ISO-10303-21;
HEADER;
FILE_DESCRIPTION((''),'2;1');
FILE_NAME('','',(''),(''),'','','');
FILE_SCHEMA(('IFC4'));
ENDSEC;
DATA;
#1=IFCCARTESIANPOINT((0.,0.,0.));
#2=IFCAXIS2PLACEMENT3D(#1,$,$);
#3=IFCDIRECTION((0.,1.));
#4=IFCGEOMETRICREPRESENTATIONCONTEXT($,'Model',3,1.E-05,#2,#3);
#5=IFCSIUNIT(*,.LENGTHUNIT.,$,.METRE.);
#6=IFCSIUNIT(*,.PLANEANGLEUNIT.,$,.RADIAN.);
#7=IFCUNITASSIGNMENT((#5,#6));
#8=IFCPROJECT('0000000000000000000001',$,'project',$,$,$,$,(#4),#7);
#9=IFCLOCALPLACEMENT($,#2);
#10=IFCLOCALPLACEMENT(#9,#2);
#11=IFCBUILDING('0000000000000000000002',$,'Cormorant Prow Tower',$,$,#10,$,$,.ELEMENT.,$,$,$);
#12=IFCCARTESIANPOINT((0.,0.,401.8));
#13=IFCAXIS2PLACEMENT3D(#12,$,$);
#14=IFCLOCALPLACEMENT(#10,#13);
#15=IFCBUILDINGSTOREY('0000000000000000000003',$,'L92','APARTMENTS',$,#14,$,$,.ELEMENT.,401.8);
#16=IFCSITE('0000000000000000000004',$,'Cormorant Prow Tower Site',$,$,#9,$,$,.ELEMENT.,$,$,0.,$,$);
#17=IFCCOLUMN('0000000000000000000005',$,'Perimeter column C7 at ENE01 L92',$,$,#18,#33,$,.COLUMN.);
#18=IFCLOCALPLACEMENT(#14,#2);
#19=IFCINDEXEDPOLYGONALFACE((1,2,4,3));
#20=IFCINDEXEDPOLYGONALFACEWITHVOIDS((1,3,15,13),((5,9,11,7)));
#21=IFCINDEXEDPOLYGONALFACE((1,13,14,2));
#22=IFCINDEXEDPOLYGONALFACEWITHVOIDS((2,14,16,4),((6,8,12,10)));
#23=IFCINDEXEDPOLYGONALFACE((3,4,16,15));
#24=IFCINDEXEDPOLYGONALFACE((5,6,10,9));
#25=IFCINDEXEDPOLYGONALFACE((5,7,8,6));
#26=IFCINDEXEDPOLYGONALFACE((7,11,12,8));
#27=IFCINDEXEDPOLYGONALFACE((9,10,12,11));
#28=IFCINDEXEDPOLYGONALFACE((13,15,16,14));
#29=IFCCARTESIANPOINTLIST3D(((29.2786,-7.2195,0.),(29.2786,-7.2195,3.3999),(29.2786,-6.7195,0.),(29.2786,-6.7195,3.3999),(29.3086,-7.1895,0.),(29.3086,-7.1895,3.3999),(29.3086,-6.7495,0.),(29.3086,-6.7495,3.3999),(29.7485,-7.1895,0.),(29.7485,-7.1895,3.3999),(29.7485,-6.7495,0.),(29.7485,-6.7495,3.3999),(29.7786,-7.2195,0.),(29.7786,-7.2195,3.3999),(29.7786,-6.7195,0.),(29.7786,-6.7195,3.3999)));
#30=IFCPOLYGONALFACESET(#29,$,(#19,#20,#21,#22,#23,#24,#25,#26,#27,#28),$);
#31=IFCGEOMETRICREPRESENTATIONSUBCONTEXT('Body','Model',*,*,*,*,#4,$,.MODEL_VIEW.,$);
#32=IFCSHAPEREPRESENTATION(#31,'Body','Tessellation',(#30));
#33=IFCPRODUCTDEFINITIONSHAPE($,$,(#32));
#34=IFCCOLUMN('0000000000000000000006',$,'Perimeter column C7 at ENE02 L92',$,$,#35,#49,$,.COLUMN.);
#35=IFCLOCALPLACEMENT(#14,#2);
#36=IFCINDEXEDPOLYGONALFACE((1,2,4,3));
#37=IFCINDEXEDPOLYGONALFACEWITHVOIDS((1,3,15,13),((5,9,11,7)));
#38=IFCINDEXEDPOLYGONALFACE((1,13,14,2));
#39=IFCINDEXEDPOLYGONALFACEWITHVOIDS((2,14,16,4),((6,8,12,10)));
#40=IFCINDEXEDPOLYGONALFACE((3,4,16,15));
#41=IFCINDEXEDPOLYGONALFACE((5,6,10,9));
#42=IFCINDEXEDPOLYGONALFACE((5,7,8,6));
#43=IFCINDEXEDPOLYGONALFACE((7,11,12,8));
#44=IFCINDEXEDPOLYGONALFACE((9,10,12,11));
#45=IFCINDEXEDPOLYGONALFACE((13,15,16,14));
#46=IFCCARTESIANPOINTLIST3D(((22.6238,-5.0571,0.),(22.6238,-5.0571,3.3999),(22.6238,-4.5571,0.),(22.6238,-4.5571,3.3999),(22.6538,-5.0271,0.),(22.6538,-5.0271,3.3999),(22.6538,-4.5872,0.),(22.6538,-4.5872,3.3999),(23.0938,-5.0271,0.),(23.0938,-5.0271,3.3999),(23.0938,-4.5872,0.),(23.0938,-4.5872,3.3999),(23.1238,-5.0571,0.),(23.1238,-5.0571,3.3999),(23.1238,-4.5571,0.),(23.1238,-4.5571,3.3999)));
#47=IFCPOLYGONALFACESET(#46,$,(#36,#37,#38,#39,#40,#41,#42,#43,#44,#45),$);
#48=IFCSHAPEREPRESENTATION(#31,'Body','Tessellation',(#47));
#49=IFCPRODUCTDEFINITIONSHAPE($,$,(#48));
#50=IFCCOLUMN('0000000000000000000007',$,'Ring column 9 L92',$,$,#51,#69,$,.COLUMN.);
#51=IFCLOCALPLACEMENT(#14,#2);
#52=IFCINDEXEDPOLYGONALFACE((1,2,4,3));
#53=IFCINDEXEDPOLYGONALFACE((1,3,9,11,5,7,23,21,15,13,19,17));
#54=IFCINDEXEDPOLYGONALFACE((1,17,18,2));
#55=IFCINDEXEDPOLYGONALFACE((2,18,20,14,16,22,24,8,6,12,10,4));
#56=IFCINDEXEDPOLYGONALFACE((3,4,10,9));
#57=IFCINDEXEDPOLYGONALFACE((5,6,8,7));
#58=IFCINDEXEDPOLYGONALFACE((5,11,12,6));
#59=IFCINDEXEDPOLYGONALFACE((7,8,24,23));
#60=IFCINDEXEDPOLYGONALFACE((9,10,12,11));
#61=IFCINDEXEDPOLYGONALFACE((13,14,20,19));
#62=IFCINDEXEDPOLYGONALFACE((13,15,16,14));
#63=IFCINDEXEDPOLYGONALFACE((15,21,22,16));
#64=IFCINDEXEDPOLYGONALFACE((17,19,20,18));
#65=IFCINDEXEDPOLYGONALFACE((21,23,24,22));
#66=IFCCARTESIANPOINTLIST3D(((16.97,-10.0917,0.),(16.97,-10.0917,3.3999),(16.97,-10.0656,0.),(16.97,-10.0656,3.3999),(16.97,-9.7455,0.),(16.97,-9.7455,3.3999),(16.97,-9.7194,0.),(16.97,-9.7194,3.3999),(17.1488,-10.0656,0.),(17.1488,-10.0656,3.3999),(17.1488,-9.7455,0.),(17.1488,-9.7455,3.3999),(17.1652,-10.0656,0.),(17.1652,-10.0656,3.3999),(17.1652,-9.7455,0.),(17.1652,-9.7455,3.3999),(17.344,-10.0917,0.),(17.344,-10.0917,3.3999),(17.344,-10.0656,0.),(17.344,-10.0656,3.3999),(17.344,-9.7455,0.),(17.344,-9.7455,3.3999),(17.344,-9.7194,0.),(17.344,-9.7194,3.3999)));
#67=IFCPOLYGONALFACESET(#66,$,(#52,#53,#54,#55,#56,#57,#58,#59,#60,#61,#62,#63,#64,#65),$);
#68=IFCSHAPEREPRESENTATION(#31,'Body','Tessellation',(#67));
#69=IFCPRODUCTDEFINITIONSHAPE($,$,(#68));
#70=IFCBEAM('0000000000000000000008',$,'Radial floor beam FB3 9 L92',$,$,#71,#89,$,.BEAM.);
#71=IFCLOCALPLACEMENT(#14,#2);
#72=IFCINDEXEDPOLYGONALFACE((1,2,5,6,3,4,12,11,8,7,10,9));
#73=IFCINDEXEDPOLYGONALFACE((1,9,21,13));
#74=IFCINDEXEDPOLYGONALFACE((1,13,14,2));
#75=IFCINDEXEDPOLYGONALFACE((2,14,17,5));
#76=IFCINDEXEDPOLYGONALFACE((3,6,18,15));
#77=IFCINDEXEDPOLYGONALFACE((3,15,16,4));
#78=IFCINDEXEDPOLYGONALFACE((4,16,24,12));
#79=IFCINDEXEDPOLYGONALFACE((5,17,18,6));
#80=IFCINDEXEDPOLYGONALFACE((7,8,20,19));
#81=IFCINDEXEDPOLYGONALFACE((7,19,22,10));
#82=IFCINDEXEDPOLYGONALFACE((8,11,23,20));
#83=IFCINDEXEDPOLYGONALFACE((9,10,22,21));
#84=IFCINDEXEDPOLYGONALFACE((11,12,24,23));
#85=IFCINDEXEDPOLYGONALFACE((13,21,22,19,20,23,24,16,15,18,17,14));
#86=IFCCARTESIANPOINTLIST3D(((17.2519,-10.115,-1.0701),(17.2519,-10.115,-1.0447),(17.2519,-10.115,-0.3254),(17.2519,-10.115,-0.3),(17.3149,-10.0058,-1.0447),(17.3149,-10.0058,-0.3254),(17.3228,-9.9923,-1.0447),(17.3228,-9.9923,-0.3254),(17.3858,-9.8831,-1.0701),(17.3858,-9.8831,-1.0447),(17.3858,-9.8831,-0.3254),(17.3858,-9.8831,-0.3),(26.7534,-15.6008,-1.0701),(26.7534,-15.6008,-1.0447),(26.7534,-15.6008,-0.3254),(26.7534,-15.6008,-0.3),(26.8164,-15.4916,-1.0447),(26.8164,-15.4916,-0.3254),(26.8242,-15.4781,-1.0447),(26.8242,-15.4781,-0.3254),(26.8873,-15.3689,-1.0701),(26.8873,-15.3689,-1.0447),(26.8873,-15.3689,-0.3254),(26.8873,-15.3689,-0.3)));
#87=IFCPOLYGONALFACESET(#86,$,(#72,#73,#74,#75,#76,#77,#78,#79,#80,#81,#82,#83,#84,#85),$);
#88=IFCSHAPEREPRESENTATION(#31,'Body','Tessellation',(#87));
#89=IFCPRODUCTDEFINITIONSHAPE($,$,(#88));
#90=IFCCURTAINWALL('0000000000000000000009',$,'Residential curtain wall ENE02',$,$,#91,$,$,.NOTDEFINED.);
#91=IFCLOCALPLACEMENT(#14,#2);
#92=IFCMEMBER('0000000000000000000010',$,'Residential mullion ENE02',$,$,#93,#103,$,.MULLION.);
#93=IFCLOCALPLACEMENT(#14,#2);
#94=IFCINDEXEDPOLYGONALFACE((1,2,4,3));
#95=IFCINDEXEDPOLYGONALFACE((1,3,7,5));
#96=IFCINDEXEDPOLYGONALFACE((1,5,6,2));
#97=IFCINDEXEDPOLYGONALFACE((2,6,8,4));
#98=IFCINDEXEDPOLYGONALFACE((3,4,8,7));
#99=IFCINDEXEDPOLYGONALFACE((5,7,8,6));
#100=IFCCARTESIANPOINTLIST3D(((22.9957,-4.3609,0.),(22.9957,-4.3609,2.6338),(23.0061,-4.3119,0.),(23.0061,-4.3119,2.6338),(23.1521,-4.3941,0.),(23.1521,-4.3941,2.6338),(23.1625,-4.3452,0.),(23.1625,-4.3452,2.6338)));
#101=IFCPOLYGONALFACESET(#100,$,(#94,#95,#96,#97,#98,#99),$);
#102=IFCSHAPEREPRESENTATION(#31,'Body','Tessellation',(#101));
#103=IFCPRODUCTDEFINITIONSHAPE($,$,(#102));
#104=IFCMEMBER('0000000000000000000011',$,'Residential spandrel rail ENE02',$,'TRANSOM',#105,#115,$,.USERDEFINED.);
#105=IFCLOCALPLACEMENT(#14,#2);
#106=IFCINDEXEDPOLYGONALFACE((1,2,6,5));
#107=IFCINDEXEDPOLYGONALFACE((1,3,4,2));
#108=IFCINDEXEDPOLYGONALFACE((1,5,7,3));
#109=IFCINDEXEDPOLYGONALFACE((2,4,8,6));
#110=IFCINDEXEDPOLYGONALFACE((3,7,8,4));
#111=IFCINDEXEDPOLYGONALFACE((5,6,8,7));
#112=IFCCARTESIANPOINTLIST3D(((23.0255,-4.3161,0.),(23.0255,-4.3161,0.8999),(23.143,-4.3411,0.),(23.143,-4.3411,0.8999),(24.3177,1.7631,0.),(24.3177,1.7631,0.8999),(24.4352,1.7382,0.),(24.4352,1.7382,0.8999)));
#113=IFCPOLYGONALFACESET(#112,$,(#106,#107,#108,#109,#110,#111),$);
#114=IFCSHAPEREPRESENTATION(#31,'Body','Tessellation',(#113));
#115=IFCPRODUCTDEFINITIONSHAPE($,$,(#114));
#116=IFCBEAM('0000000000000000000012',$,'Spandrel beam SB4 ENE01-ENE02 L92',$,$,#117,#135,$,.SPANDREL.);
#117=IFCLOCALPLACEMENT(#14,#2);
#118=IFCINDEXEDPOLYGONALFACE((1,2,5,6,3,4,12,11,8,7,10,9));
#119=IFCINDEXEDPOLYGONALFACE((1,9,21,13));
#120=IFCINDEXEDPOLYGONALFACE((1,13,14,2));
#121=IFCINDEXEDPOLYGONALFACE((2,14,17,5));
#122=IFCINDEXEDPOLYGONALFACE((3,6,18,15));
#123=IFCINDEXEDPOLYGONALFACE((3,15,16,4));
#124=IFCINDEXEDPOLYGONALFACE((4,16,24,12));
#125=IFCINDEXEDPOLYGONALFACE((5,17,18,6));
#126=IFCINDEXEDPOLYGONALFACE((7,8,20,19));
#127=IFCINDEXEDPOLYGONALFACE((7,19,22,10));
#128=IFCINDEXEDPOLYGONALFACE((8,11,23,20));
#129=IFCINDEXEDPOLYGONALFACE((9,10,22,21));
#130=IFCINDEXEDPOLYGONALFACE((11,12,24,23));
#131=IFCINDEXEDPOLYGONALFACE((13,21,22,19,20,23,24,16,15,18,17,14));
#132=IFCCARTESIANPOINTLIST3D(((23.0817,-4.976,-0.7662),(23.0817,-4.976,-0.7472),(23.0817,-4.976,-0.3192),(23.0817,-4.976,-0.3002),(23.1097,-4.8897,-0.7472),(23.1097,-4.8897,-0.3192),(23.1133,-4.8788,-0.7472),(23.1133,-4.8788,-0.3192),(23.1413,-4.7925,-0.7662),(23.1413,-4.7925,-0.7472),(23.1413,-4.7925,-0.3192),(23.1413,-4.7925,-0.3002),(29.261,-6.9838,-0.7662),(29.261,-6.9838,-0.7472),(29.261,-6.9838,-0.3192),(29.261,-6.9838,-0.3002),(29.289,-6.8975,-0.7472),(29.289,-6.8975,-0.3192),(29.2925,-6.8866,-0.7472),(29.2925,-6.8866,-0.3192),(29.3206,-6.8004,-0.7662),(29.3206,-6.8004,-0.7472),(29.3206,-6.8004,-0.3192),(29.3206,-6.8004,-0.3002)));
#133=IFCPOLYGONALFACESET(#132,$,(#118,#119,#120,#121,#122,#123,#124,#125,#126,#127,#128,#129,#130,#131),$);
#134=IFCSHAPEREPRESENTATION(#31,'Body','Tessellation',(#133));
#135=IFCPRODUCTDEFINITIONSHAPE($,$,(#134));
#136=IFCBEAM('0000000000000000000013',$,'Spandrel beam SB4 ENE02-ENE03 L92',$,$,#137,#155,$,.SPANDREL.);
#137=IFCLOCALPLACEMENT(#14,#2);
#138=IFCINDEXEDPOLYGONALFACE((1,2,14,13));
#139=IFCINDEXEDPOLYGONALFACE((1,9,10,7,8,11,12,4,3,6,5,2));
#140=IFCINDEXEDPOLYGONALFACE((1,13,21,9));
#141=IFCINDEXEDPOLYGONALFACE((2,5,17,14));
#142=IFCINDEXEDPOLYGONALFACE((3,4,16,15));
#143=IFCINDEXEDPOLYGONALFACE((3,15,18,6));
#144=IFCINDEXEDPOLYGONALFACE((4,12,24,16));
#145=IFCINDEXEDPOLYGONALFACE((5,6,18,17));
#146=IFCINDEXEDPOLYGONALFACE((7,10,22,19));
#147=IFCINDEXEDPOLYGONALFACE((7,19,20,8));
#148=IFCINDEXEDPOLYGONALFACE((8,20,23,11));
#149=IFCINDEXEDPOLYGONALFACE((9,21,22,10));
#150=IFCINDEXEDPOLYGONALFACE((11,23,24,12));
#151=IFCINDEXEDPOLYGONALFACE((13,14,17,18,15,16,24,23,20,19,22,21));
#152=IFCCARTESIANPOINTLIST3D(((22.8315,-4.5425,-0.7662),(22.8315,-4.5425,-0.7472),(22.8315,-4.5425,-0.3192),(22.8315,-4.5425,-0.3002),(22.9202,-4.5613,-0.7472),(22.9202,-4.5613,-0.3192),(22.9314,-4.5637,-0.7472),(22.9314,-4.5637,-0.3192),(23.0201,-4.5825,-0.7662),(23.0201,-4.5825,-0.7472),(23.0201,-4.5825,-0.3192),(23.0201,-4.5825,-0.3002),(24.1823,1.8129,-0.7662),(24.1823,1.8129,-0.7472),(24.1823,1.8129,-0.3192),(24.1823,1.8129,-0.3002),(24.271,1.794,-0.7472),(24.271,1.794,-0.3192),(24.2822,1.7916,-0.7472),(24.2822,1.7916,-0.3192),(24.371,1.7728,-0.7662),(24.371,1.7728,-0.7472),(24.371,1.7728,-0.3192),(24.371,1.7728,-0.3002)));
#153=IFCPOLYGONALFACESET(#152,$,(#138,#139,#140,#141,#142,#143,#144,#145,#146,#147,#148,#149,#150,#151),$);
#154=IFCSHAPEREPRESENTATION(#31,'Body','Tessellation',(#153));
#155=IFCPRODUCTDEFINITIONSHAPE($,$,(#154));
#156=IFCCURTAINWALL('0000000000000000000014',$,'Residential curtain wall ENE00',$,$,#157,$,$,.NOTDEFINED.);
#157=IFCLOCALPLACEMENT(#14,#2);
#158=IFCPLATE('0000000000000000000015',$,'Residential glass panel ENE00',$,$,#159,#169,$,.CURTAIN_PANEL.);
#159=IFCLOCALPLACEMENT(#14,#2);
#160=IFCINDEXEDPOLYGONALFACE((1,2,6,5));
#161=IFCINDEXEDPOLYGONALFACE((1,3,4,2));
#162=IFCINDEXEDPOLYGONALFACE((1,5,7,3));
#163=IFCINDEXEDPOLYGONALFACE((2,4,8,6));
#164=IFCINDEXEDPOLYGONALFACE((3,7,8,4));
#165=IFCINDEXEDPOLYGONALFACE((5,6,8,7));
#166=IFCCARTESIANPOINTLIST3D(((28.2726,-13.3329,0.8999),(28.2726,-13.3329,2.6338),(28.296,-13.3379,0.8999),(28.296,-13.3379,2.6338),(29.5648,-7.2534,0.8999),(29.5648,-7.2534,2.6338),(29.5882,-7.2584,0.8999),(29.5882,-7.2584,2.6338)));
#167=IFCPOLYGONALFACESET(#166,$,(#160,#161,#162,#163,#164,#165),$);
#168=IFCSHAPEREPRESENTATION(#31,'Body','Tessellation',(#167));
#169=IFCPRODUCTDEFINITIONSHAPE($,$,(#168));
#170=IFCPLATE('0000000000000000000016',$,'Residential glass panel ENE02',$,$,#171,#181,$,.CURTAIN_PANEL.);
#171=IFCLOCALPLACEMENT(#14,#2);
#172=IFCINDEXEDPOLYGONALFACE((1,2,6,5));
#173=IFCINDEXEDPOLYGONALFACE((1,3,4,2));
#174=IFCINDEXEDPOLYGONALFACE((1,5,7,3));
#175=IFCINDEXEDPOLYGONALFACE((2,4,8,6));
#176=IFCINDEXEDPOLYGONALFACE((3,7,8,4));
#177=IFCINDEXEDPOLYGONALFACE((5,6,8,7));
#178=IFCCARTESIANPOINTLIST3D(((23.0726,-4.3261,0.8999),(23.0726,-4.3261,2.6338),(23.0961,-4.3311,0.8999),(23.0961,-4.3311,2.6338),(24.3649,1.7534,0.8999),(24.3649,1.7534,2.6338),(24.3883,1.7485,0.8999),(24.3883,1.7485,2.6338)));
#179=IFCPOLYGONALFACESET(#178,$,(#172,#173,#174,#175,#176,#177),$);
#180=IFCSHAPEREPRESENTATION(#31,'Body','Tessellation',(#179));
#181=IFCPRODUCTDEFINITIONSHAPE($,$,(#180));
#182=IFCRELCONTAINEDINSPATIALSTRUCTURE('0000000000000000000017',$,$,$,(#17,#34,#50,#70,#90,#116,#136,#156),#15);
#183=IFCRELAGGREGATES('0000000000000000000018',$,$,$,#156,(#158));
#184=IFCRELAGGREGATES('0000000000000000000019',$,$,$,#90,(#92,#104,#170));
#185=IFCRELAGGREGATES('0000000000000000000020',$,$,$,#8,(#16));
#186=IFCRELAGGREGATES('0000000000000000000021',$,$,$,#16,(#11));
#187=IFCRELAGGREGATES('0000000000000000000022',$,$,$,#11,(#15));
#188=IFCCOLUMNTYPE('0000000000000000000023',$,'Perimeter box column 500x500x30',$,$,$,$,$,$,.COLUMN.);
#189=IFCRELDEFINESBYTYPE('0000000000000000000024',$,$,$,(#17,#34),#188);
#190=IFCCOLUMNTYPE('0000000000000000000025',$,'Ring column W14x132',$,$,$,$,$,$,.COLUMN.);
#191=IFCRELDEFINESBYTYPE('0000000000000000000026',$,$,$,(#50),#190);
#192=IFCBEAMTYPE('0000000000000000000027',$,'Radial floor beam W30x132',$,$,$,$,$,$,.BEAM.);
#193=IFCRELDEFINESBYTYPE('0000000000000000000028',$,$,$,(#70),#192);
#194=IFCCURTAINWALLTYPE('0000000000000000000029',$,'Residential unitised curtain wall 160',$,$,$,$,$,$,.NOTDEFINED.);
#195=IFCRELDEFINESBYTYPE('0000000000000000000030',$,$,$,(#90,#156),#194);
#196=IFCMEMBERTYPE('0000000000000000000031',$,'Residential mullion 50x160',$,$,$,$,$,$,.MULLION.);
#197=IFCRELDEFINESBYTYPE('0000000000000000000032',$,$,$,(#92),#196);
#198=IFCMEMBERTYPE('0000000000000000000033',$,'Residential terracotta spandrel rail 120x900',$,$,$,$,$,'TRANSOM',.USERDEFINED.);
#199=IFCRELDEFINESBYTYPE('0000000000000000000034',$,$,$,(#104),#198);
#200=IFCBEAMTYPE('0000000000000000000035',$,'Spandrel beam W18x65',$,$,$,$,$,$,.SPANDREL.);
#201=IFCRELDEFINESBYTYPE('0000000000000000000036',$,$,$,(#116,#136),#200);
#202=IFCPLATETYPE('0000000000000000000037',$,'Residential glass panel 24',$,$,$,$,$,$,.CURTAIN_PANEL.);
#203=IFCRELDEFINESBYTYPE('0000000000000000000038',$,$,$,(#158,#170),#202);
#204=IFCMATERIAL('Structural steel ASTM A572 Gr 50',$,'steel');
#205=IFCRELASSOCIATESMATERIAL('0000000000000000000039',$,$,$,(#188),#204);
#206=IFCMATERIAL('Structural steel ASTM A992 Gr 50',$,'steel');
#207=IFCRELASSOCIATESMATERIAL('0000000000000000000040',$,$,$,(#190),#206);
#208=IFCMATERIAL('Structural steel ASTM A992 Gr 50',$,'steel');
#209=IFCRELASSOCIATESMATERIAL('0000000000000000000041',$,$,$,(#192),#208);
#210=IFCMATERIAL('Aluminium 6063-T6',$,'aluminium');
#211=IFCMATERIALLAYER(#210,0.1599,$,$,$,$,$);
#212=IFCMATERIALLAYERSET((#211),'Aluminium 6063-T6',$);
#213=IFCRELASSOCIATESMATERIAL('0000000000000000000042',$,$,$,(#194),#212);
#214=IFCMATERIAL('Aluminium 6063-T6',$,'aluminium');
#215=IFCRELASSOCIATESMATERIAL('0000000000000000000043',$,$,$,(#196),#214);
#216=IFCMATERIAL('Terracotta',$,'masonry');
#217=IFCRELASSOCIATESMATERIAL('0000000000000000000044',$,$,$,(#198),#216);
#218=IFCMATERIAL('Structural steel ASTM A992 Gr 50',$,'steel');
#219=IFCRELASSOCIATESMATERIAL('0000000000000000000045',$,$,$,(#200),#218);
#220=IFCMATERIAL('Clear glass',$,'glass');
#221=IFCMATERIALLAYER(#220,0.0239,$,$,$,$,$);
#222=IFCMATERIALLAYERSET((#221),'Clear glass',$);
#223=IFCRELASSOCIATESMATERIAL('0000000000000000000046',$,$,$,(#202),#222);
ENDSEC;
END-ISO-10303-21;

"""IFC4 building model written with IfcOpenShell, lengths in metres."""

from ifc_helpers import new_model, si_unit, direction, frame, origin, origin_2d, place, context, subcontext, project, spatial, rectangle, hollow_rectangle, i_section, extrude, material, layer, layer_set, material_profile, profile_set, type_object, element, aggregate, save


model = new_model("IFC4")

# Units and contexts
model_context = context("Model", 3, precision=1e-05, world=origin(), true_north=direction((0.0, 1.0)))
body_context = subcontext(model_context, "Body", "Model", "MODEL_VIEW")
ifc_project = project(units=[si_unit("LENGTHUNIT", "METRE"), si_unit("PLANEANGLEUNIT", "RADIAN")], contexts=[model_context])

# Site, building, storey
site_placement = place(None, origin())
site = spatial("IfcSite", under=ifc_project, at=site_placement, Name="Cormorant Prow Tower Site", CompositionType="ELEMENT", RefElevation=0.0)
building_placement = place(site_placement, origin())
building = spatial("IfcBuilding", under=site, at=building_placement, Name="Cormorant Prow Tower", CompositionType="ELEMENT")
storey_placement = place(building_placement, frame((0.0, 0.0, 401.8)))
storey = spatial("IfcBuildingStorey", under=building, at=storey_placement, Name="L92", Description="APARTMENTS", CompositionType="ELEMENT", Elevation=401.8)

# Columns
ifc_material_1 = material(Name="Structural steel ASTM A572 Gr 50", Category="steel")
ifc_material_profile_1 = material_profile(ifc_material_1, hollow_rectangle(XDim=0.5, YDim=0.5, WallThickness=0.03, at=origin_2d()), Name="Box 500x500x30")
ifc_profile_set_1 = profile_set([ifc_material_profile_1], Name="Structural steel ASTM A572 Gr 50")
column_type_1 = type_object("IfcColumnType", Name="Perimeter box column 500x500x30", PredefinedType="COLUMN", material=ifc_profile_set_1)
for number, where, z_axis, x_axis, name in (
    (1, (29.5286, -6.9695, 0.0), (0.0, 0.0, 1.0), (1.0, 0.0, 0.0), "Perimeter column C7 at ENE01 L92"),
    (2, (22.8738, -4.8071, 0.0), (0.0, 0.0, 1.0), (1.0, 0.0, 0.0), "Perimeter column C7 at ENE02 L92"),
):
    element("IfcColumn", number, at=place(storey_placement, frame(where, z_axis=z_axis, x_axis=x_axis)), inside=storey, type_object=column_type_1, Name=name, PredefinedType="COLUMN", context=body_context, shape_type="SweptSolid", body=[
        extrude(hollow_rectangle(XDim=0.5, YDim=0.5, WallThickness=0.03, at=origin_2d()), origin(), (0.0, 0.0, 1.0), 3.3999),
    ])
ifc_material_2 = material(Name="Structural steel ASTM A992 Gr 50", Category="steel")
ifc_material_profile_2 = material_profile(ifc_material_2, i_section(OverallWidth=0.374, OverallDepth=0.3723, WebThickness=0.0164, FlangeThickness=0.0261, at=origin_2d()), Name="W14x132")
ifc_profile_set_2 = profile_set([ifc_material_profile_2], Name="Structural steel ASTM A992 Gr 50")
column_type_2 = type_object("IfcColumnType", Name="Ring column W14x132", PredefinedType="COLUMN", material=ifc_profile_set_2)
column_placement = place(storey_placement, frame((17.157, -9.9055, 0.0), z_axis=(0.0, 0.0, 1.0), x_axis=(1.0, 0.0, 0.0)))
element("IfcColumn", 3, at=column_placement, inside=storey, type_object=column_type_2, Name="Ring column 9 L92", PredefinedType="COLUMN", context=body_context, shape_type="SweptSolid", body=[
    extrude(i_section(OverallWidth=0.374, OverallDepth=0.3723, WebThickness=0.0164, FlangeThickness=0.0261, at=origin_2d()), origin(), (0.0, 0.0, 1.0), 3.3999),
])

# Beam
ifc_material_3 = material(Name="Structural steel ASTM A992 Gr 50", Category="steel")
ifc_material_profile_3 = material_profile(ifc_material_3, i_section(OverallWidth=0.2678, OverallDepth=0.77, WebThickness=0.0156, FlangeThickness=0.0254, at=origin_2d()), Name="W30x132")
ifc_profile_set_3 = profile_set([ifc_material_profile_3], Name="Structural steel ASTM A992 Gr 50")
beam_type_1 = type_object("IfcBeamType", Name="Radial floor beam W30x132", PredefinedType="BEAM", material=ifc_profile_set_3)
beam_placement = place(storey_placement, frame((17.3188, -9.999, -0.6851), z_axis=(0.866019, -0.500011, 0.0), x_axis=(0.500011, 0.866019, 0.0)))
element("IfcBeam", 4, at=beam_placement, inside=storey, type_object=beam_type_1, Name="Radial floor beam FB3 9 L92", PredefinedType="BEAM", context=body_context, shape_type="SweptSolid", body=[
    extrude(i_section(OverallWidth=0.2678, OverallDepth=0.77, WebThickness=0.0156, FlangeThickness=0.0254, at=origin_2d()), origin(), (0.0, 0.0, 1.0), 10.9714),
])

# Curtain wall, members
ifc_material_4 = material(Name="Aluminium 6063-T6", Category="aluminium")
ifc_layer_1 = layer(ifc_material_4, 0.1599)
ifc_layer_set_1 = layer_set([ifc_layer_1], Name="Aluminium 6063-T6")
curtain_wall_type = type_object("IfcCurtainWallType", Name="Residential unitised curtain wall 160", PredefinedType="NOTDEFINED", material=ifc_layer_set_1)
curtain_wall_1_placement = place(storey_placement, origin())
curtain_wall_1 = element("IfcCurtainWall", 5, at=curtain_wall_1_placement, inside=storey, type_object=curtain_wall_type, Name="Residential curtain wall ENE02", PredefinedType="NOTDEFINED")
ifc_material_5 = material(Name="Aluminium 6063-T6", Category="aluminium")
ifc_material_profile_4 = material_profile(ifc_material_5, rectangle(XDim=0.1599, YDim=0.05, at=origin_2d()), Name="Residential mullion 50x160")
ifc_profile_set_4 = profile_set([ifc_material_profile_4], Name="Aluminium 6063-T6")
member_type_1 = type_object("IfcMemberType", Name="Residential mullion 50x160", PredefinedType="MULLION", material=ifc_profile_set_4)
member_1_placement = place(storey_placement, frame((23.0791, -4.353, 0.0), z_axis=(0.0, 0.0, 1.0), x_axis=(-0.978148, 0.207912, 0.0)))
member_1 = element("IfcMember", 6, at=member_1_placement, type_object=member_type_1, Name="Residential mullion ENE02", PredefinedType="MULLION", context=body_context, shape_type="SweptSolid", body=[
    extrude(rectangle(XDim=0.1599, YDim=0.05, at=origin_2d()), origin(), (0.0, 0.0, 1.0), 2.6338),
])
ifc_material_6 = material(Name="Terracotta", Category="masonry")
ifc_material_profile_5 = material_profile(ifc_material_6, rectangle(XDim=0.1201, YDim=0.8999, at=origin_2d()), Name="Residential terracotta spandrel rail 120x900")
ifc_profile_set_5 = profile_set([ifc_material_profile_5], Name="Terracotta")
member_type_2 = type_object("IfcMemberType", Name="Residential terracotta spandrel rail 120x900", ElementType="TRANSOM", PredefinedType="USERDEFINED", material=ifc_profile_set_5)
member_2_placement = place(storey_placement, frame((23.0842, -4.3286, 0.45), z_axis=(0.207917, 0.978147, 0.0), x_axis=(-0.978147, 0.207917, 0.0)))
member_2 = element("IfcMember", 7, at=member_2_placement, type_object=member_type_2, Name="Residential spandrel rail ENE02", ObjectType="TRANSOM", PredefinedType="USERDEFINED", context=body_context, shape_type="SweptSolid", body=[
    extrude(rectangle(XDim=0.1201, YDim=0.8999, at=origin_2d()), origin(), (0.0, 0.0, 1.0), 6.2151),
])

# Beams
ifc_material_7 = material(Name="Structural steel ASTM A992 Gr 50", Category="steel")
ifc_material_profile_6 = material_profile(ifc_material_7, i_section(OverallWidth=0.1929, OverallDepth=0.4661, WebThickness=0.0115, FlangeThickness=0.019, at=origin_2d()), Name="W18x65")
ifc_profile_set_6 = profile_set([ifc_material_profile_6], Name="Structural steel ASTM A992 Gr 50")
beam_type_2 = type_object("IfcBeamType", Name="Spandrel beam W18x65", PredefinedType="SPANDREL", material=ifc_profile_set_6)
for number, where, z_axis, x_axis, name in (
    (8, (29.2908, -6.8921, -0.5332), (-0.951053, 0.309027, 0.0), (-0.309027, -0.951053, 0.0), "Spandrel beam SB4 ENE01-ENE02 L92"),
    (9, (22.9258, -4.5625, -0.5332), (0.20791, 0.978148, 0.0), (-0.978148, 0.20791, 0.0), "Spandrel beam SB4 ENE02-ENE03 L92"),
):
    element("IfcBeam", number, at=place(storey_placement, frame(where, z_axis=z_axis, x_axis=x_axis)), inside=storey, type_object=beam_type_2, Name=name, PredefinedType="SPANDREL", context=body_context, shape_type="SweptSolid", body=[
        extrude(i_section(OverallWidth=0.1929, OverallDepth=0.4661, WebThickness=0.0115, FlangeThickness=0.019, at=origin_2d()), origin(), (0.0, 0.0, 1.0), 6.4973),
    ])

# Curtain wall, plate
curtain_wall_2_placement = place(storey_placement, origin())
curtain_wall_2 = element("IfcCurtainWall", 10, at=curtain_wall_2_placement, inside=storey, type_object=curtain_wall_type, Name="Residential curtain wall ENE00", PredefinedType="NOTDEFINED")
ifc_material_8 = material(Name="Clear glass", Category="glass")
ifc_layer_2 = layer(ifc_material_8, 0.0239)
ifc_layer_set_2 = layer_set([ifc_layer_2], Name="Clear glass")
plate_type = type_object("IfcPlateType", Name="Residential glass panel 24", PredefinedType="CURTAIN_PANEL", material=ifc_layer_set_2)
plate_1_placement = place(storey_placement, frame((28.9304, -10.2957, 0.8999), z_axis=(0.0, 0.0, 1.0), x_axis=(0.207912, 0.978148, 0.0)))
plate_1 = element("IfcPlate", 11, at=plate_1_placement, type_object=plate_type, Name="Residential glass panel ENE00", PredefinedType="CURTAIN_PANEL", context=body_context, shape_type="SweptSolid", body=[
    extrude(rectangle(XDim=6.2153, YDim=0.0239, at=origin_2d()), origin(), (0.0, 0.0, 1.0), 1.7339),
])
aggregate(curtain_wall_2, [plate_1])

# Plate
plate_2_placement = place(storey_placement, frame((23.7305, -1.2888, 0.8999), z_axis=(0.0, 0.0, 1.0), x_axis=(0.207912, 0.978148, 0.0)))
plate_2 = element("IfcPlate", 12, at=plate_2_placement, type_object=plate_type, Name="Residential glass panel ENE02", PredefinedType="CURTAIN_PANEL", context=body_context, shape_type="SweptSolid", body=[
    extrude(rectangle(XDim=6.2153, YDim=0.0239, at=origin_2d()), origin(), (0.0, 0.0, 1.0), 1.7339),
])
aggregate(curtain_wall_1, [member_1, member_2, plate_2])

save(model, "model.ifc")
